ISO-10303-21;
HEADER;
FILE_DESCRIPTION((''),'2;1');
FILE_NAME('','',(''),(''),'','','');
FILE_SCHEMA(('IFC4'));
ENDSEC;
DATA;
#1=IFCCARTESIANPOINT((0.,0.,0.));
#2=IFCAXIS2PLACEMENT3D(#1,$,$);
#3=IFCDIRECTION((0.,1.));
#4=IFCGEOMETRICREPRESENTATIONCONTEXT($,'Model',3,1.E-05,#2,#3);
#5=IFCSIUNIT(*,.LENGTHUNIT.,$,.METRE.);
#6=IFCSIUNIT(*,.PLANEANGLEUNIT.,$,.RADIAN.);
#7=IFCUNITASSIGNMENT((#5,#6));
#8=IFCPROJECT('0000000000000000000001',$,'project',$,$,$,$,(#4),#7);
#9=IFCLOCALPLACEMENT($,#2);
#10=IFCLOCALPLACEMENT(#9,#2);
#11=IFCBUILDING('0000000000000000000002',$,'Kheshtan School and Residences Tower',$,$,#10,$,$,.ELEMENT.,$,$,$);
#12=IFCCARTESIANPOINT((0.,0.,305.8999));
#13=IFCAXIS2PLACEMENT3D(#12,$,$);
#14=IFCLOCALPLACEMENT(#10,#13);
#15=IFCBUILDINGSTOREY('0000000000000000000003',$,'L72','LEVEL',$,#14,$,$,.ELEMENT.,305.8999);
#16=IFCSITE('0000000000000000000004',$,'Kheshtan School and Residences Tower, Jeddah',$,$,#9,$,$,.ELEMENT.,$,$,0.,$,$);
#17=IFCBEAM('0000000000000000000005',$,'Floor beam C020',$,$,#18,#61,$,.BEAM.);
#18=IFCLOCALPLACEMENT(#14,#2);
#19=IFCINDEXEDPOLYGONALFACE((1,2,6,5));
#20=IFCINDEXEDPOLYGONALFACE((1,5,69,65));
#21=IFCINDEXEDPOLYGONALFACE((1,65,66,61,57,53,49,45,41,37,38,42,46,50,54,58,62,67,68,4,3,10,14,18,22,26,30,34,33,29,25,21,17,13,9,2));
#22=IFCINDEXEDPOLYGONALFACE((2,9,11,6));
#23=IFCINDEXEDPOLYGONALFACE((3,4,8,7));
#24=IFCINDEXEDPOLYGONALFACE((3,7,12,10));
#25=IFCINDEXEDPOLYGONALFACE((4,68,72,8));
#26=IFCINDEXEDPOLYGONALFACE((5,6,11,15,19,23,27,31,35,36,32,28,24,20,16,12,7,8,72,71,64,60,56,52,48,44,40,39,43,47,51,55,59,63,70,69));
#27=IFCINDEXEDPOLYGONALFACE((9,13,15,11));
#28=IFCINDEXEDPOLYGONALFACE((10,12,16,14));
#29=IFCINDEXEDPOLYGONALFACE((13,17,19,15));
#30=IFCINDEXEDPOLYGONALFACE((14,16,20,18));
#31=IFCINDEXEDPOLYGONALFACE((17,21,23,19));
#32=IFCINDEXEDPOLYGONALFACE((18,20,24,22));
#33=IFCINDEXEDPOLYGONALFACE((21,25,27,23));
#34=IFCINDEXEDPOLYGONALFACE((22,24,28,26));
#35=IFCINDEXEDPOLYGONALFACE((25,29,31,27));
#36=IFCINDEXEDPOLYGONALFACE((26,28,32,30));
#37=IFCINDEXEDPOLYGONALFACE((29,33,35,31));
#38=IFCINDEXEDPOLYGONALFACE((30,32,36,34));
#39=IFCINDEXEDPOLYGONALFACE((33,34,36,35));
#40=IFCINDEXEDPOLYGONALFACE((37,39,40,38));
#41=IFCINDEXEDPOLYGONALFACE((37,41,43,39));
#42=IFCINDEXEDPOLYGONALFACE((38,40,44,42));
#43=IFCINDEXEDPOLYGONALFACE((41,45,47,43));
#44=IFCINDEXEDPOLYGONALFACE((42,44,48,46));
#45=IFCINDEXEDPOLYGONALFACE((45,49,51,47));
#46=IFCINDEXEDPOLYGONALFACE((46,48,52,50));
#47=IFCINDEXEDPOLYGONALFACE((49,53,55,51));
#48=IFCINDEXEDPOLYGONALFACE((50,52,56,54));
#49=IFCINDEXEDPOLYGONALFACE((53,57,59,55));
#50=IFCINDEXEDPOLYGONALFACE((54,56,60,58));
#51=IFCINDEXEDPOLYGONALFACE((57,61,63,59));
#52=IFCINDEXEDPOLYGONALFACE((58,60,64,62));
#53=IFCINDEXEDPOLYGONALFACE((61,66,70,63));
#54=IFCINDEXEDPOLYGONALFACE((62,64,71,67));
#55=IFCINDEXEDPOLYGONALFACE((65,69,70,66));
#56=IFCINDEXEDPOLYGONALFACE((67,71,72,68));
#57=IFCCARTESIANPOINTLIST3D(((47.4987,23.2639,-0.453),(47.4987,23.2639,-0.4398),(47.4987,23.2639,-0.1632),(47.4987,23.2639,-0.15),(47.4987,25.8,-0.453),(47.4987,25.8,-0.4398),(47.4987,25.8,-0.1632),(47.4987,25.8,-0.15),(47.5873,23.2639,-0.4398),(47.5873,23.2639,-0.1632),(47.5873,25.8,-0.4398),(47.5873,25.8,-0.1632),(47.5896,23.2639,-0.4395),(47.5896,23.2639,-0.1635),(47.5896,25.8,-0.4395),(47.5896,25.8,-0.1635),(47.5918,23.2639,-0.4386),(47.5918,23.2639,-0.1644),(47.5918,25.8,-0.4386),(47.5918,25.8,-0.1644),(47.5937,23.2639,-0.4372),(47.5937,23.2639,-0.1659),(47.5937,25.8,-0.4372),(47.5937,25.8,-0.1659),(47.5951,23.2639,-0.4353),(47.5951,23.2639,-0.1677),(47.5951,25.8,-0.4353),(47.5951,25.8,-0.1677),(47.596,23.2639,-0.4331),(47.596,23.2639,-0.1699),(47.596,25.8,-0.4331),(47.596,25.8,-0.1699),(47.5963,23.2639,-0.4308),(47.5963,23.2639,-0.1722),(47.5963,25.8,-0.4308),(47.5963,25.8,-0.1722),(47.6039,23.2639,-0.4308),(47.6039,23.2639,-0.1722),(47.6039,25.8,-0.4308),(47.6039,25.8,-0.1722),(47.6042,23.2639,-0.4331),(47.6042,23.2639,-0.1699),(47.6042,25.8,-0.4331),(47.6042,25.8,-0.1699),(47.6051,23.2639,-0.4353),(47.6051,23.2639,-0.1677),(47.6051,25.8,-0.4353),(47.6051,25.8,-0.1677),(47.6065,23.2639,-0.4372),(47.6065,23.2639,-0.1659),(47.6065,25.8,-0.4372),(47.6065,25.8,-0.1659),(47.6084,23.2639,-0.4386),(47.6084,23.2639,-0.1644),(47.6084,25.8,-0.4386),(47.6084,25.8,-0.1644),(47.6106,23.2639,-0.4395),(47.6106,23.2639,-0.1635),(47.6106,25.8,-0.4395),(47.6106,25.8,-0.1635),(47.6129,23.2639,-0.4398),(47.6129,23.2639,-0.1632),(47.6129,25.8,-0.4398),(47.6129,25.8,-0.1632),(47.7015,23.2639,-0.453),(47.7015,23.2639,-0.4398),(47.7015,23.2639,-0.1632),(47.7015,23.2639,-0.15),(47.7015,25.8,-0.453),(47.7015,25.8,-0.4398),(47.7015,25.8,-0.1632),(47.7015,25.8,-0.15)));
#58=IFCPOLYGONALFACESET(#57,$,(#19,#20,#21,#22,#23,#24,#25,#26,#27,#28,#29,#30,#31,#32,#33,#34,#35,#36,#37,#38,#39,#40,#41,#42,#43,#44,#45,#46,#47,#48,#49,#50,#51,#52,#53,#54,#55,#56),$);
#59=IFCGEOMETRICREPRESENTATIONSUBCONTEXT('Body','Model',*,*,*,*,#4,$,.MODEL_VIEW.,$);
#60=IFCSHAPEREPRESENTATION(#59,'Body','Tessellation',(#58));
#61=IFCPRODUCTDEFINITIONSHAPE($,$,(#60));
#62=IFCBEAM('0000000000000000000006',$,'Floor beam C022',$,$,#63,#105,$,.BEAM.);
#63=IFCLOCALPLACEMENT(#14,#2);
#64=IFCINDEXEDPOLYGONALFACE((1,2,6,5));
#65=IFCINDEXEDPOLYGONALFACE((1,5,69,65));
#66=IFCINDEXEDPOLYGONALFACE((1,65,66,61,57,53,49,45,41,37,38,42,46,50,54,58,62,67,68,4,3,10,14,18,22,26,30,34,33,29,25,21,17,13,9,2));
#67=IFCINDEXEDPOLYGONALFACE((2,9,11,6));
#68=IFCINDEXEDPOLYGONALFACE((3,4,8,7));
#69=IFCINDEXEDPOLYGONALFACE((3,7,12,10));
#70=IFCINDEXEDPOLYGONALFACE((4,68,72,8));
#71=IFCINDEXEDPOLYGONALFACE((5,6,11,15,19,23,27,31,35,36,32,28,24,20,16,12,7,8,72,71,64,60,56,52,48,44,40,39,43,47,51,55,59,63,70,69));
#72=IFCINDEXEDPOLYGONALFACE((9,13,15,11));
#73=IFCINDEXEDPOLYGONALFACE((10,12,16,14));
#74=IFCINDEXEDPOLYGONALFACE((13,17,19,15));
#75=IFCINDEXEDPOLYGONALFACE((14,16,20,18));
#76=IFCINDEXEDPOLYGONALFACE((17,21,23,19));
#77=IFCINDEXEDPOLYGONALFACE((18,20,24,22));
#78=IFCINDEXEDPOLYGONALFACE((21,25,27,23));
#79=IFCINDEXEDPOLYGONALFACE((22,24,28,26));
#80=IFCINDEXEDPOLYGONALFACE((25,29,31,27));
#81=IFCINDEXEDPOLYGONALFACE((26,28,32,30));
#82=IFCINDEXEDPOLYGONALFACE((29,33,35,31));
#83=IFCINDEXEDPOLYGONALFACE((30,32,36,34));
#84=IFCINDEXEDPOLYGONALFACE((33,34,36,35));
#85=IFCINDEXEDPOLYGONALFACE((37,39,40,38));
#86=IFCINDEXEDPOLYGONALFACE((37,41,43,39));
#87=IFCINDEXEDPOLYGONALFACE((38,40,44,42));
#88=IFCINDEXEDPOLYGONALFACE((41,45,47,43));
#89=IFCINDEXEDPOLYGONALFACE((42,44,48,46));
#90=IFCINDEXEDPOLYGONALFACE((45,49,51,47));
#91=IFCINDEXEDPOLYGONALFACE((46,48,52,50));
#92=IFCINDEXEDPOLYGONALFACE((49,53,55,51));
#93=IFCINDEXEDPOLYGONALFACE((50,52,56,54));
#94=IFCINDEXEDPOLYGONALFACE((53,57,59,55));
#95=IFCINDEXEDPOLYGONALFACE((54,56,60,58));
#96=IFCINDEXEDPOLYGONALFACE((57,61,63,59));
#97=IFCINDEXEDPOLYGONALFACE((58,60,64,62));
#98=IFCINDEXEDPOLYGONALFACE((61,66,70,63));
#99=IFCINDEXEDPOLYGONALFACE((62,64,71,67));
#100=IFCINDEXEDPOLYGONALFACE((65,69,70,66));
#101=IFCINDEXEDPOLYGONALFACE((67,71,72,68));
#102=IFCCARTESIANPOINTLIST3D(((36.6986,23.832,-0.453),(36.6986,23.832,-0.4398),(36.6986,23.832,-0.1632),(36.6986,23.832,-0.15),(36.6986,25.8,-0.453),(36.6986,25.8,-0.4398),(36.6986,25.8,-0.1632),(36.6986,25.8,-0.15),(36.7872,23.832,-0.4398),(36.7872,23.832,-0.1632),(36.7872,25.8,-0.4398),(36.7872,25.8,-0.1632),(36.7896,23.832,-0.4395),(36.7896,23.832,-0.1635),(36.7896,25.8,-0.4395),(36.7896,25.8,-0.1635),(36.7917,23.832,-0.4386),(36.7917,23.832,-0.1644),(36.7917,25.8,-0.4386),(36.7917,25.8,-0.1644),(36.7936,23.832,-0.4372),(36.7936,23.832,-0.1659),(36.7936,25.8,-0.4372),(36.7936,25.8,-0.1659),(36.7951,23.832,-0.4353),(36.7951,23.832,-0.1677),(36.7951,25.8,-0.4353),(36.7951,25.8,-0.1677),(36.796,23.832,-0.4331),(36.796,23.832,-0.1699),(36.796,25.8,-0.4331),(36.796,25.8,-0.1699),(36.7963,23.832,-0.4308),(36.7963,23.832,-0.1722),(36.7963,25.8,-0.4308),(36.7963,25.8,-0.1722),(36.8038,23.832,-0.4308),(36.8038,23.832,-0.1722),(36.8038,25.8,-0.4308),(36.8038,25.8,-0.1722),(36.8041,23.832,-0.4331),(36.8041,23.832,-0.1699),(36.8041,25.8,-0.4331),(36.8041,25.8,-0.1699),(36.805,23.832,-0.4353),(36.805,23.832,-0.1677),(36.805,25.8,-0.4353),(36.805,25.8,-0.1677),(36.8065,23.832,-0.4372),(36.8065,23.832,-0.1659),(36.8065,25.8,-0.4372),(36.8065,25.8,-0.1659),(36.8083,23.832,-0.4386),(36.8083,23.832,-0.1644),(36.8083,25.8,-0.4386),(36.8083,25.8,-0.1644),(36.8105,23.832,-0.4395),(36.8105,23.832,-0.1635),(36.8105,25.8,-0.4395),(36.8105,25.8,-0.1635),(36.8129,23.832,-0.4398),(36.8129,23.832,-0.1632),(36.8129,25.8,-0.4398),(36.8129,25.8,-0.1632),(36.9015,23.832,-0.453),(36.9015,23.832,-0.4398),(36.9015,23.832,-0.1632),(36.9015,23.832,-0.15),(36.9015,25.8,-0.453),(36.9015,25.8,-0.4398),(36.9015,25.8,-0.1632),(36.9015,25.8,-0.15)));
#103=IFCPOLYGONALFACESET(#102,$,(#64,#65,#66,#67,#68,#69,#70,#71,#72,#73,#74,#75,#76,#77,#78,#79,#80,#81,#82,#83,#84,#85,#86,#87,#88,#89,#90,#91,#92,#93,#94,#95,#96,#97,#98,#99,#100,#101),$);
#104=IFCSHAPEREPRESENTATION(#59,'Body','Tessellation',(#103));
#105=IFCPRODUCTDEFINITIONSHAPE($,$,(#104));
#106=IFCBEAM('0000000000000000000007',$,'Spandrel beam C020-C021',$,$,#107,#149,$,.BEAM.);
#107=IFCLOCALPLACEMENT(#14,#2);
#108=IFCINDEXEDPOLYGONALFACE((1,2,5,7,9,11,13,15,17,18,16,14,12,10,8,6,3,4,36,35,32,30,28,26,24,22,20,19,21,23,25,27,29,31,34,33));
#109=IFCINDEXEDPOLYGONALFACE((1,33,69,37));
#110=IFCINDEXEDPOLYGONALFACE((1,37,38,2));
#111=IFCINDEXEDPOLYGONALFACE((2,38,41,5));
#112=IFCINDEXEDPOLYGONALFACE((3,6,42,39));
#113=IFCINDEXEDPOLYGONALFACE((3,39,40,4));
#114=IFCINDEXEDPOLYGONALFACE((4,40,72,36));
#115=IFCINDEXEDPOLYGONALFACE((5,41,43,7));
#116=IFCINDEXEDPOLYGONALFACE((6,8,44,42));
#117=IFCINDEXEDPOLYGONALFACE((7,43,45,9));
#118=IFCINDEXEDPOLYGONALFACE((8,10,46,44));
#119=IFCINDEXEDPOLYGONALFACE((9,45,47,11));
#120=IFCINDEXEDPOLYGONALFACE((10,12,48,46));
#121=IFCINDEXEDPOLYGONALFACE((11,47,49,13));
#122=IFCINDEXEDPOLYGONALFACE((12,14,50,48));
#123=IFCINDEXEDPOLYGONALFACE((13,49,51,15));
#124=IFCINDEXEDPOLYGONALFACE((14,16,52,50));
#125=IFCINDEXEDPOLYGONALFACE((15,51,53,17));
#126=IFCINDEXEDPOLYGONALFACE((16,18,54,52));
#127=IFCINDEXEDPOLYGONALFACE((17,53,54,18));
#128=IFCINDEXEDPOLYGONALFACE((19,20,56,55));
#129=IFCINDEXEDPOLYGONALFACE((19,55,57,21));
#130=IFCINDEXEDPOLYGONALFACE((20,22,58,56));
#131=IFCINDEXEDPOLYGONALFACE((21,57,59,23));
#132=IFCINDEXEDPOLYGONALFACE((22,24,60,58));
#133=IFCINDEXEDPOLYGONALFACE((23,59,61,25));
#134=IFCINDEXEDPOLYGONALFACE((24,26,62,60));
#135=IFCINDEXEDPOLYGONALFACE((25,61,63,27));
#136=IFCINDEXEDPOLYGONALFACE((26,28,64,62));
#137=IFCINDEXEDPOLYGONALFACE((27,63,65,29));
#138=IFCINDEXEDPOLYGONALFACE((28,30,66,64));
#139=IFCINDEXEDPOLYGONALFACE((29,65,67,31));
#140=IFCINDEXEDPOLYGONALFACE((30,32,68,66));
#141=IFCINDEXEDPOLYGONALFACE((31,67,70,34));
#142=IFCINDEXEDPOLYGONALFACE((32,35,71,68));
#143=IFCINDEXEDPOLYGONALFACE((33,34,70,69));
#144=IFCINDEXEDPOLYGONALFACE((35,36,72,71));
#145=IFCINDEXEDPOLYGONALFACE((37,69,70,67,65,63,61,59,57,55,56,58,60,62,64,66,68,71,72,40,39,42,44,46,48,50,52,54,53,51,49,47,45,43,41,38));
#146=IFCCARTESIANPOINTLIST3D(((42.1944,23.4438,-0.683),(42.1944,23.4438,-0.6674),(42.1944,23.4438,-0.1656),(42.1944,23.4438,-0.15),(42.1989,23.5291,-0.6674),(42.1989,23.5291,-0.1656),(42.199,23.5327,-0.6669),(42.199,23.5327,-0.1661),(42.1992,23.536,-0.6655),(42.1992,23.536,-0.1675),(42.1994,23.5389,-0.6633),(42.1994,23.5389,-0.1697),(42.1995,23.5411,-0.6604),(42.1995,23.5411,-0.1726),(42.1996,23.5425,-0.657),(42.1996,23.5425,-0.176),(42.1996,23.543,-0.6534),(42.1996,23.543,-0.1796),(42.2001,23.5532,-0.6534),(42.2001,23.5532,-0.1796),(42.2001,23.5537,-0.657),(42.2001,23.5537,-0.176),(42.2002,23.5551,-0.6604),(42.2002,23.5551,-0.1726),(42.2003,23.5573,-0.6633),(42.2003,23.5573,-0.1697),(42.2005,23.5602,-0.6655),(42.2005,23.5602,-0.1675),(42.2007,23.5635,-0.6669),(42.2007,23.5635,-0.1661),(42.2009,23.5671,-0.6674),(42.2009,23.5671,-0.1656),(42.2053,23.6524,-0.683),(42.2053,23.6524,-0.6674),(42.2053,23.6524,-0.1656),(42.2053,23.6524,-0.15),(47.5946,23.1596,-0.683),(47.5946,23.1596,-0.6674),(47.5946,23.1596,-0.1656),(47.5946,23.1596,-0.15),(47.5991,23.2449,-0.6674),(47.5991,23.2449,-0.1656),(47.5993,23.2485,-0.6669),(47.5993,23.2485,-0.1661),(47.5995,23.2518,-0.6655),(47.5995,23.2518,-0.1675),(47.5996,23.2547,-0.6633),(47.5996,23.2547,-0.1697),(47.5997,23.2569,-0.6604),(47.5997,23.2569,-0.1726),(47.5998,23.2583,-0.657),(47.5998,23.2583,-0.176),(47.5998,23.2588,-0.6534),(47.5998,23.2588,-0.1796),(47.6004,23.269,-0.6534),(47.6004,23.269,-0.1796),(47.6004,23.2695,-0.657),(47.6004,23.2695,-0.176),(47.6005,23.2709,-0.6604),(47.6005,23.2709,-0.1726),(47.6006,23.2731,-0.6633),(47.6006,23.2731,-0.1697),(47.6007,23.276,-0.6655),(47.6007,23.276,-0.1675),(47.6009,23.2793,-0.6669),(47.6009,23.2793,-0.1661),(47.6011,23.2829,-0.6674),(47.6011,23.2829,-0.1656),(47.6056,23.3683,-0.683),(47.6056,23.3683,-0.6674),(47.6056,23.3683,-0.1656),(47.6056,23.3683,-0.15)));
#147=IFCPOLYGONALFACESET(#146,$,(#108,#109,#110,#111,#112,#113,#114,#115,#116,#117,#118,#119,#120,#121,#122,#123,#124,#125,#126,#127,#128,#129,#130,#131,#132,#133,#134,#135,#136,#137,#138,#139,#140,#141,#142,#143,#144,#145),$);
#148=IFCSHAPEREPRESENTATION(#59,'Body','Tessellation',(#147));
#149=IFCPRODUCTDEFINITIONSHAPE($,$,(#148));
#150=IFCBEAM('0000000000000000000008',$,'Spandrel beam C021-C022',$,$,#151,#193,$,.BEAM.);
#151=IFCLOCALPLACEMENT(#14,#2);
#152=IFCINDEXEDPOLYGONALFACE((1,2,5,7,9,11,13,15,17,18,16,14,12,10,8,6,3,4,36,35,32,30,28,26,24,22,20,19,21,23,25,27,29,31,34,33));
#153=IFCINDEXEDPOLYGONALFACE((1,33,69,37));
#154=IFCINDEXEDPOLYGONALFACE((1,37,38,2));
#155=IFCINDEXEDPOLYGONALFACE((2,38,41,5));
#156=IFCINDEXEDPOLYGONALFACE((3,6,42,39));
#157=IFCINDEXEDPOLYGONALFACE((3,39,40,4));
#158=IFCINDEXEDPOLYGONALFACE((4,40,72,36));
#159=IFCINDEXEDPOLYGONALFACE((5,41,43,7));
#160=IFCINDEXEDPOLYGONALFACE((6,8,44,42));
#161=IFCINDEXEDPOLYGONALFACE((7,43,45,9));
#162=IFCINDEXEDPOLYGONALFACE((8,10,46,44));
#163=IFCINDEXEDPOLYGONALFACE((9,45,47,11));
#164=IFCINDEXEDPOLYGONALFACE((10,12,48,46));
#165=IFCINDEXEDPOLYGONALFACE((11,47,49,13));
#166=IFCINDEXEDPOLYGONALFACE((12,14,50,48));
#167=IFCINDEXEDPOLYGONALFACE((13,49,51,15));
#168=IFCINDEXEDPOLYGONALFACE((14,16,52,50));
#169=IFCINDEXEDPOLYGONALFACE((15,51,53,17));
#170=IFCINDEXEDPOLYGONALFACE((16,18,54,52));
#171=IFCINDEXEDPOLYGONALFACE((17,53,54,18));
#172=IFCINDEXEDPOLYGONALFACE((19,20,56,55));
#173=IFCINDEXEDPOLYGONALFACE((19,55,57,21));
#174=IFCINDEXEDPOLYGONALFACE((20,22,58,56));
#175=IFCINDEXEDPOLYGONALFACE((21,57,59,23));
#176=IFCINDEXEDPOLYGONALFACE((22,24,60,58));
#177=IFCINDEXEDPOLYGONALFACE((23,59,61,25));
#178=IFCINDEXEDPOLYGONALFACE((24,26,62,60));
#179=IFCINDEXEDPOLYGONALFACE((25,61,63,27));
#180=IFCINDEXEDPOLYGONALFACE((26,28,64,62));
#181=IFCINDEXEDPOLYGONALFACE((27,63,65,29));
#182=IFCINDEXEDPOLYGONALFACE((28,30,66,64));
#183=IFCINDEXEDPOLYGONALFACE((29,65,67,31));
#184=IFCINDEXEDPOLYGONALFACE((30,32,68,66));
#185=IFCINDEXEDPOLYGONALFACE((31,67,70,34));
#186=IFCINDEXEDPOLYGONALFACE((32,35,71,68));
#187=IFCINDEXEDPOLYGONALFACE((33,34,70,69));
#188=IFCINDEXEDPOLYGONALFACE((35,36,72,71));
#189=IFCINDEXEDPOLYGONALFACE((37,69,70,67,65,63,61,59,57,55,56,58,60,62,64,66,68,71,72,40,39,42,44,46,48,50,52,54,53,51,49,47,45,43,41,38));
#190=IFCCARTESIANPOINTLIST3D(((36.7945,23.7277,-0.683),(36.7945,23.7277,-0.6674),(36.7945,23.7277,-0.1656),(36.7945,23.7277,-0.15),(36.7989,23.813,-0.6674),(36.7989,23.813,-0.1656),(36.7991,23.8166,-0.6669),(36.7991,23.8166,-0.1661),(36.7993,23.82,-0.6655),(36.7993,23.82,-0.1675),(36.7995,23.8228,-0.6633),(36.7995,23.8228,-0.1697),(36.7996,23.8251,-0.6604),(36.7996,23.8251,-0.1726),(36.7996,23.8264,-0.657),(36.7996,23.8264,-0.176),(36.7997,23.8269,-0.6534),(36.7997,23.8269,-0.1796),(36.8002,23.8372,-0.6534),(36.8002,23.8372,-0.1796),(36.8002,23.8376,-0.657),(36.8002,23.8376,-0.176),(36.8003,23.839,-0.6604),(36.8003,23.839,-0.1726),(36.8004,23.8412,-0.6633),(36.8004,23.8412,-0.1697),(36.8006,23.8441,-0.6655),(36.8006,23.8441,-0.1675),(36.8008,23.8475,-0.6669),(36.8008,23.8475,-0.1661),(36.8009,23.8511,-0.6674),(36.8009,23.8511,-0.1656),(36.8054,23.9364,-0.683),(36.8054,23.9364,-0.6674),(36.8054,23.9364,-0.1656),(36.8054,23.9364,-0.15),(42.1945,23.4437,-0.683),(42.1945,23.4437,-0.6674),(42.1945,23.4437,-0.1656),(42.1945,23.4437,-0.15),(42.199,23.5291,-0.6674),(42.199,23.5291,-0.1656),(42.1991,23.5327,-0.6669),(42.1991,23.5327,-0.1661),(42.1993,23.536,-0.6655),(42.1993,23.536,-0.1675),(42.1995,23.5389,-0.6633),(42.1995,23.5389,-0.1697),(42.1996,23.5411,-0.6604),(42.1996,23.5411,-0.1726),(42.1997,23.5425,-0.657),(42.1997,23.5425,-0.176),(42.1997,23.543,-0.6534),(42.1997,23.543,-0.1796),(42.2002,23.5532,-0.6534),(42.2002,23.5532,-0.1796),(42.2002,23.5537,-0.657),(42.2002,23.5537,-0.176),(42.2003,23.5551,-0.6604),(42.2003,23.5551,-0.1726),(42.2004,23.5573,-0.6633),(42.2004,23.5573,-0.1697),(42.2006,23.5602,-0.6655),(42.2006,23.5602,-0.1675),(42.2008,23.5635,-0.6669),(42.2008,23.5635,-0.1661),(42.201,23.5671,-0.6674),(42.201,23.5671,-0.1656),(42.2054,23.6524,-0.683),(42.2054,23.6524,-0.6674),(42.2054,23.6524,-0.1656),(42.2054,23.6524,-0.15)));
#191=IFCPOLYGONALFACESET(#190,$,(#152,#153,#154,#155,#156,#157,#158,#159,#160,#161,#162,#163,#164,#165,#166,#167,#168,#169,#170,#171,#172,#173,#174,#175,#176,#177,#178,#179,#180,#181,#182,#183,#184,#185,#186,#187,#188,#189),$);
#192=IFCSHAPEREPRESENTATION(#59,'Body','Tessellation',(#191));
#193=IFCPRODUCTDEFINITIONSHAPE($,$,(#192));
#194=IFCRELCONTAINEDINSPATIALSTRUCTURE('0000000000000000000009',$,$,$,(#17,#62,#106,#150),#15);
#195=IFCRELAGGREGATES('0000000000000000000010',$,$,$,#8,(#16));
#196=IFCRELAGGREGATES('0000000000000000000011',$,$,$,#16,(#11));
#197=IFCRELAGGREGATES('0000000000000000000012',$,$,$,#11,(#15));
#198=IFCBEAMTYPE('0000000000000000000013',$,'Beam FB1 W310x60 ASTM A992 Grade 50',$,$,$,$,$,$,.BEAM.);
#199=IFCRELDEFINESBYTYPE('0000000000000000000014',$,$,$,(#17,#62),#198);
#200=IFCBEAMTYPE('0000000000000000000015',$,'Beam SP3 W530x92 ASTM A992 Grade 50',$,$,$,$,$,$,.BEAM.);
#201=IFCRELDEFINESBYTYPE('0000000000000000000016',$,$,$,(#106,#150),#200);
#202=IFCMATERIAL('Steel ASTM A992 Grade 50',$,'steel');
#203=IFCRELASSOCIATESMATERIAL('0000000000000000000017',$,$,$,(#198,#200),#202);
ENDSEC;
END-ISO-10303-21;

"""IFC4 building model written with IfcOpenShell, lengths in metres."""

from ifc_helpers import new_model, si_unit, direction, frame, origin, origin_2d, place, context, subcontext, project, spatial, i_section, extrude, material, material_profile, profile_set, type_object, element, save


model = new_model("IFC4")

# Units and contexts
model_context = context("Model", 3, precision=1e-05, world=origin(), true_north=direction((0.0, 1.0)))
body_context = subcontext(model_context, "Body", "Model", "MODEL_VIEW")
ifc_project = project(units=[si_unit("LENGTHUNIT", "METRE"), si_unit("PLANEANGLEUNIT", "RADIAN")], contexts=[model_context])

# Site, building, storey
site_placement = place(None, origin())
site = spatial("IfcSite", under=ifc_project, at=site_placement, Name="Kheshtan School and Residences Tower, Jeddah", CompositionType="ELEMENT", RefElevation=0.0)
building_placement = place(site_placement, origin())
building = spatial("IfcBuilding", under=site, at=building_placement, Name="Kheshtan School and Residences Tower", CompositionType="ELEMENT")
storey_placement = place(building_placement, frame((0.0, 0.0, 305.8999)))
storey = spatial("IfcBuildingStorey", under=building, at=storey_placement, Name="L72", Description="LEVEL", CompositionType="ELEMENT", Elevation=305.8999)

# Shared definitions
ifc_material_1 = material(Name="Steel ASTM A992 Grade 50", Category="steel")

# Beams
ifc_material_profile_1 = material_profile(ifc_material_1, i_section(OverallWidth=0.2029, OverallDepth=0.303, WebThickness=0.0076, FlangeThickness=0.0132, FilletRadius=0.009, at=origin_2d()), Name="W310x60")
ifc_profile_set_1 = profile_set([ifc_material_profile_1], Name="Steel ASTM A992 Grade 50")
beam_type_1 = type_object("IfcBeamType", Name="Beam FB1 W310x60 ASTM A992 Grade 50", PredefinedType="BEAM", material=ifc_profile_set_1)
beam_1_placement = place(storey_placement, frame((47.6001, 23.2639, -0.3015), z_axis=(0.0, 1.0, 0.0), x_axis=(-1.0, 0.0, 0.0)))
element("IfcBeam", 1, at=beam_1_placement, inside=storey, type_object=beam_type_1, Name="Floor beam C020", PredefinedType="BEAM", context=body_context, shape_type="SweptSolid", body=[
    extrude(i_section(OverallWidth=0.2029, OverallDepth=0.303, WebThickness=0.0076, FlangeThickness=0.0132, FilletRadius=0.009, at=origin_2d()), origin(), (0.0, 0.0, 1.0), 2.5361),
])
beam_2_placement = place(storey_placement, frame((36.8, 23.832, -0.3015), z_axis=(0.0, 1.0, 0.0), x_axis=(-1.0, 0.0, 0.0)))
element("IfcBeam", 2, at=beam_2_placement, inside=storey, type_object=beam_type_1, Name="Floor beam C022", PredefinedType="BEAM", context=body_context, shape_type="SweptSolid", body=[
    extrude(i_section(OverallWidth=0.2029, OverallDepth=0.303, WebThickness=0.0076, FlangeThickness=0.0132, FilletRadius=0.009, at=origin_2d()), origin(), (0.0, 0.0, 1.0), 1.968),
])
ifc_material_profile_2 = material_profile(ifc_material_1, i_section(OverallWidth=0.209, OverallDepth=0.533, WebThickness=0.0103, FlangeThickness=0.0156, FilletRadius=0.0139, at=origin_2d()), Name="W530x92")
ifc_profile_set_2 = profile_set([ifc_material_profile_2], Name="Steel ASTM A992 Grade 50")
beam_type_2 = type_object("IfcBeamType", Name="Beam SP3 W530x92 ASTM A992 Grade 50", PredefinedType="BEAM", material=ifc_profile_set_2)
beam_3_placement = place(storey_placement, frame((47.6001, 23.2639, -0.4165), z_axis=(-0.998618, 0.052552, 0.0), x_axis=(-0.052552, -0.998618, 0.0)))
element("IfcBeam", 3, at=beam_3_placement, inside=storey, type_object=beam_type_2, Name="Spandrel beam C020-C021", PredefinedType="BEAM", context=body_context, shape_type="SweptSolid", body=[
    extrude(i_section(OverallWidth=0.209, OverallDepth=0.533, WebThickness=0.0103, FlangeThickness=0.0156, FilletRadius=0.0139, at=origin_2d()), origin(), (0.0, 0.0, 1.0), 5.4077),
])
beam_4_placement = place(storey_placement, frame((42.2, 23.5481, -0.4165), z_axis=(-0.99862, 0.052509, 0.0), x_axis=(-0.052509, -0.99862, 0.0)))
element("IfcBeam", 4, at=beam_4_placement, inside=storey, type_object=beam_type_2, Name="Spandrel beam C021-C022", PredefinedType="BEAM", context=body_context, shape_type="SweptSolid", body=[
    extrude(i_section(OverallWidth=0.209, OverallDepth=0.533, WebThickness=0.0103, FlangeThickness=0.0156, FilletRadius=0.0139, at=origin_2d()), origin(), (0.0, 0.0, 1.0), 5.4075),
])

save(model, "model.ifc")
